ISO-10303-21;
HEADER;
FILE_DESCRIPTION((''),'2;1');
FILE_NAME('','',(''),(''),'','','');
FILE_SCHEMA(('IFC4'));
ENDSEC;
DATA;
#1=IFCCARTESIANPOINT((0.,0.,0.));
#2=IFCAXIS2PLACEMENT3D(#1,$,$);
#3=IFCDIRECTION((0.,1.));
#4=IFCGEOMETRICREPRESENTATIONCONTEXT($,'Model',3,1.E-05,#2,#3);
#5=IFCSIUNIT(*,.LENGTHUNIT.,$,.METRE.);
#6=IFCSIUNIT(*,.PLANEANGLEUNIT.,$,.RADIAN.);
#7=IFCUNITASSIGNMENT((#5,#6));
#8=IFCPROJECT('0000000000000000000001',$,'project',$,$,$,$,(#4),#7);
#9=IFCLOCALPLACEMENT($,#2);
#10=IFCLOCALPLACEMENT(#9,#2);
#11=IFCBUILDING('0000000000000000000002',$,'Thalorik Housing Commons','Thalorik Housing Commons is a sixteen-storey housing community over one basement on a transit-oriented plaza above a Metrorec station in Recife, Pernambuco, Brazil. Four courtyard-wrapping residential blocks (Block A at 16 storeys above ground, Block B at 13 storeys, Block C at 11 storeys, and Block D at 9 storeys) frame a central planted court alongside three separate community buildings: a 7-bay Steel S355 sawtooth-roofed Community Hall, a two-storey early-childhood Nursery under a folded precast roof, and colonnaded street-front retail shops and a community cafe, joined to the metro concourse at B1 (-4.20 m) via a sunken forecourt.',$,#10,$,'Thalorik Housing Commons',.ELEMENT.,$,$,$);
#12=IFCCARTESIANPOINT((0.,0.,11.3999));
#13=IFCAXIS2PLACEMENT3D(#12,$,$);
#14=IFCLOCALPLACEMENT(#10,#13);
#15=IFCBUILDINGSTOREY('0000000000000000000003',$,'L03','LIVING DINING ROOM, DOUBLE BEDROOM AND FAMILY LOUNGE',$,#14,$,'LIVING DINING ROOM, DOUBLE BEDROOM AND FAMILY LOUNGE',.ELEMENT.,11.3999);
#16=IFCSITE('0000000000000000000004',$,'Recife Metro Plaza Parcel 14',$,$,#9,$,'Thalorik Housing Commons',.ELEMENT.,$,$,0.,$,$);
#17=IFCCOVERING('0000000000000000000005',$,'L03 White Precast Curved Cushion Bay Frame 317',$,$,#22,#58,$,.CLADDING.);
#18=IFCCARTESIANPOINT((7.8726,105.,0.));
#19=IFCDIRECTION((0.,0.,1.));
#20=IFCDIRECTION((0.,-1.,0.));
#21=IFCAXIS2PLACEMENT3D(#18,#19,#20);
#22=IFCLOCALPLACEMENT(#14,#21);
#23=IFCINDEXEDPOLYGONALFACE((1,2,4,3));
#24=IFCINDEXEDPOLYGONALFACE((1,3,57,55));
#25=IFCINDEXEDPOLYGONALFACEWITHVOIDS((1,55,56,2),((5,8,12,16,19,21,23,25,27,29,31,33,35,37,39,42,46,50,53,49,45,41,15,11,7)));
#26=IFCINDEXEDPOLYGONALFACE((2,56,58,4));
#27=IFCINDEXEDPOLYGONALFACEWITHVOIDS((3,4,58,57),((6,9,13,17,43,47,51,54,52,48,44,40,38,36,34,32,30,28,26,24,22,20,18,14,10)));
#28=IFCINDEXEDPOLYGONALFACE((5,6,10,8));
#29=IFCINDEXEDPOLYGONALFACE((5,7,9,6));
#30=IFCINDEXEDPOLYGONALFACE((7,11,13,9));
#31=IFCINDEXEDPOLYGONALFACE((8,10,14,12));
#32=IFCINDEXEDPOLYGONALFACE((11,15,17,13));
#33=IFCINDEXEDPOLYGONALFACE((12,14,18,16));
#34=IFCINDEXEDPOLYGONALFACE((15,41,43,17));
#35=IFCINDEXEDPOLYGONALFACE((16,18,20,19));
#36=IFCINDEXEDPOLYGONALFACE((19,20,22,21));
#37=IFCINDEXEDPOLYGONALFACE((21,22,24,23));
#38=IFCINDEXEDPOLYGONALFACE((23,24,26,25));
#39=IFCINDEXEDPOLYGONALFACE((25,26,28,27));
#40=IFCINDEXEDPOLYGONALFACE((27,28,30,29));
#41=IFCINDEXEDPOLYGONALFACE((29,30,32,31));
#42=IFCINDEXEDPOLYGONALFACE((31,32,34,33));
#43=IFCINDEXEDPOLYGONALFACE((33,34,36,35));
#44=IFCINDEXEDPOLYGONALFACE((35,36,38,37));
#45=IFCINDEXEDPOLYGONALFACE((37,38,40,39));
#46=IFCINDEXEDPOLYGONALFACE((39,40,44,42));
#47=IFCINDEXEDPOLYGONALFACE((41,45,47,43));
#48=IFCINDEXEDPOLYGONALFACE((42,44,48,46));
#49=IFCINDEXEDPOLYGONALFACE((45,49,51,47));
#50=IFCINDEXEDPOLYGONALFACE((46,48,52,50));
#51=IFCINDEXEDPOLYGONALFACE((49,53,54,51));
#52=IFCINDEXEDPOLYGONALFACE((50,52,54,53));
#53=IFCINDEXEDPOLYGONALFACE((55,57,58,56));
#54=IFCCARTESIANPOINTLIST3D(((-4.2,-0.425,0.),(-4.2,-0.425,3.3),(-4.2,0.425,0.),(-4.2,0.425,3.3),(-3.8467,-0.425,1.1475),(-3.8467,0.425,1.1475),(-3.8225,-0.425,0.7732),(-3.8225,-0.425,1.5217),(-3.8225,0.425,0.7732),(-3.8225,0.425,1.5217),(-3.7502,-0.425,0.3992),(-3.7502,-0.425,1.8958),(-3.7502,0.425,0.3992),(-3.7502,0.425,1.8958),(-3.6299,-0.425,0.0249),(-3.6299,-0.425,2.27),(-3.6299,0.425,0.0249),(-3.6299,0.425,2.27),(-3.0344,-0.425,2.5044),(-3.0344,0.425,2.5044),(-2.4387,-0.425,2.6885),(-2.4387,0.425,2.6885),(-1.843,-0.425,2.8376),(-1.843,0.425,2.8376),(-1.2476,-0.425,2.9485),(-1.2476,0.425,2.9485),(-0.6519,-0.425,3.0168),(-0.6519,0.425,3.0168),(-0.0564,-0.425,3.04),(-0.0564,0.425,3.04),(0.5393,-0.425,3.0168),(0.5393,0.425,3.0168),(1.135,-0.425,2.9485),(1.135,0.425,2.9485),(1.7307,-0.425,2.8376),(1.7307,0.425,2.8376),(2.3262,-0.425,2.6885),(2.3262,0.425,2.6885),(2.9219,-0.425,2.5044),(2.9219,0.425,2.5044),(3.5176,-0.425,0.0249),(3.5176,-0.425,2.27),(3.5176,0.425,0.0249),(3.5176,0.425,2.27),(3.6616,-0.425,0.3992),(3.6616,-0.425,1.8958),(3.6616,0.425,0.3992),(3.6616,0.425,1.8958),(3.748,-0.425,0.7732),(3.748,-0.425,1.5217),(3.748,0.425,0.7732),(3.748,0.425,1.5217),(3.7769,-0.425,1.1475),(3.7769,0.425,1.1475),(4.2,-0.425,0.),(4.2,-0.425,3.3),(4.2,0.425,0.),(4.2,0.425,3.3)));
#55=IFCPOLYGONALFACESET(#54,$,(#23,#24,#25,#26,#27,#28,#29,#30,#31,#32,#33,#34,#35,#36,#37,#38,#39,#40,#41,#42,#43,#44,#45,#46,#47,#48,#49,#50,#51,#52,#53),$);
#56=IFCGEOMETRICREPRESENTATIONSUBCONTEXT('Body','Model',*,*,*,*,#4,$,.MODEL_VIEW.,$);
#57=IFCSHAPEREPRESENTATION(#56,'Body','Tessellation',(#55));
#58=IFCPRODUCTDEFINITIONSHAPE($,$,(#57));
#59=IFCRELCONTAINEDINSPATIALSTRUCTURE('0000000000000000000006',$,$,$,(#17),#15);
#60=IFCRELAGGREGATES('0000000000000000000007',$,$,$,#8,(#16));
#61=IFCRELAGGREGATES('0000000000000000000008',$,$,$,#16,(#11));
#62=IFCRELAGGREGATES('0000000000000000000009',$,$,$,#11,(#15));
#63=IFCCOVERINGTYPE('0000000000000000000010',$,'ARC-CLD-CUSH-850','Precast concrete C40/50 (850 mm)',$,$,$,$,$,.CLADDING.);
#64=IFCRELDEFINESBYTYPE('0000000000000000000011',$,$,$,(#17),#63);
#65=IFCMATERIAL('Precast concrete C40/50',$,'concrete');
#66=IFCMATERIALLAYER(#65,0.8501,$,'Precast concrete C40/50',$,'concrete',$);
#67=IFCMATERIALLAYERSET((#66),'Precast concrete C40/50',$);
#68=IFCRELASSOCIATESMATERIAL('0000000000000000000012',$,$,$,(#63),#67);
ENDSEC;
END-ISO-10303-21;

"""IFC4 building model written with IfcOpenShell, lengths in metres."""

from ifc_helpers import new_model, si_unit, direction, frame, origin, place, context, subcontext, project, spatial, polyline, outline, extrude, material, layer, layer_set, type_object, element, save


model = new_model("IFC4")

# Units and contexts
model_context = context("Model", 3, precision=1e-05, world=origin(), true_north=direction((0.0, 1.0)))
body_context = subcontext(model_context, "Body", "Model", "MODEL_VIEW")
ifc_project = project(units=[si_unit("LENGTHUNIT", "METRE"), si_unit("PLANEANGLEUNIT", "RADIAN")], contexts=[model_context])

# Site, building, storey
site_placement = place(None, origin())
site = spatial("IfcSite", under=ifc_project, at=site_placement, Name="Recife Metro Plaza Parcel 14", LongName="Thalorik Housing Commons", CompositionType="ELEMENT", RefElevation=0.0)
building_placement = place(site_placement, origin())
building = spatial("IfcBuilding", under=site, at=building_placement, Name="Thalorik Housing Commons", Description="Thalorik Housing Commons is a sixteen-storey housing community over one basement on a transit-oriented plaza above a Metrorec station in Recife, Pernambuco, Brazil. Four courtyard-wrapping residential blocks (Block A at 16 storeys above ground, Block B at 13 storeys, Block C at 11 storeys, and Block D at 9 storeys) frame a central planted court alongside three separate community buildings: a 7-bay Steel S355 sawtooth-roofed Community Hall, a two-storey early-childhood Nursery under a folded precast roof, and colonnaded street-front retail shops and a community cafe, joined to the metro concourse at B1 (-4.20 m) via a sunken forecourt.", LongName="Thalorik Housing Commons", CompositionType="ELEMENT")
storey_placement = place(building_placement, frame((0.0, 0.0, 11.3999)))
storey = spatial("IfcBuildingStorey", under=building, at=storey_placement, Name="L03", Description="LIVING DINING ROOM, DOUBLE BEDROOM AND FAMILY LOUNGE", LongName="LIVING DINING ROOM, DOUBLE BEDROOM AND FAMILY LOUNGE", CompositionType="ELEMENT", Elevation=11.3999)

# Shared definitions
ifc_material_1 = material(Name="Precast concrete C40/50", Category="concrete")

# Covering
ifc_layer_1 = layer(ifc_material_1, 0.8501, Name="Precast concrete C40/50", Category="concrete")
ifc_layer_set_1 = layer_set([ifc_layer_1], Name="Precast concrete C40/50")
covering_type_1 = type_object("IfcCoveringType", Name="ARC-CLD-CUSH-850", Description="Precast concrete C40/50 (850 mm)", PredefinedType="CLADDING", material=ifc_layer_set_1)
covering_1_placement = place(storey_placement, frame((7.8726, 105.0, 0.0), z_axis=(0.0, 0.0, 1.0), x_axis=(0.0, -1.0, 0.0)))
element("IfcCovering", 1, at=covering_1_placement, inside=storey, type_object=covering_type_1, Name="L03 White Precast Curved Cushion Bay Frame 317", PredefinedType="CLADDING", context=body_context, shape_type="SweptSolid", body=[
    extrude(outline(polyline([(-4.2, 0.0), (4.2, 0.0), (4.2, 3.3), (-4.2, 3.3), (-4.2, 0.0)]), holes=[polyline([(3.5176, 0.0249), (3.6616, 0.3992), (3.748, 0.7732), (3.7769, 1.1475), (3.748, 1.5217), (3.6616, 1.8958), (3.5176, 2.27), (2.9219, 2.5044), (2.3262, 2.6885), (1.7307, 2.8376), (1.135, 2.9485), (0.5393, 3.0168), (-0.0564, 3.04), (-0.6519, 3.0168), (-1.2476, 2.9485), (-1.843, 2.8376), (-2.4387, 2.6885), (-3.0344, 2.5044), (-3.6299, 2.27), (-3.7502, 1.8958), (-3.8225, 1.5217), (-3.8467, 1.1475), (-3.8225, 0.7732), (-3.7502, 0.3992), (-3.6299, 0.0249), (3.5176, 0.0249)])]), frame((0.0, 0.425, 0.0), z_axis=(0.0, -1.0, 0.0), x_axis=(1.0, 0.0, 0.0)), (0.0, 0.0, 1.0), 0.8501),
])

save(model, "model.ifc")
